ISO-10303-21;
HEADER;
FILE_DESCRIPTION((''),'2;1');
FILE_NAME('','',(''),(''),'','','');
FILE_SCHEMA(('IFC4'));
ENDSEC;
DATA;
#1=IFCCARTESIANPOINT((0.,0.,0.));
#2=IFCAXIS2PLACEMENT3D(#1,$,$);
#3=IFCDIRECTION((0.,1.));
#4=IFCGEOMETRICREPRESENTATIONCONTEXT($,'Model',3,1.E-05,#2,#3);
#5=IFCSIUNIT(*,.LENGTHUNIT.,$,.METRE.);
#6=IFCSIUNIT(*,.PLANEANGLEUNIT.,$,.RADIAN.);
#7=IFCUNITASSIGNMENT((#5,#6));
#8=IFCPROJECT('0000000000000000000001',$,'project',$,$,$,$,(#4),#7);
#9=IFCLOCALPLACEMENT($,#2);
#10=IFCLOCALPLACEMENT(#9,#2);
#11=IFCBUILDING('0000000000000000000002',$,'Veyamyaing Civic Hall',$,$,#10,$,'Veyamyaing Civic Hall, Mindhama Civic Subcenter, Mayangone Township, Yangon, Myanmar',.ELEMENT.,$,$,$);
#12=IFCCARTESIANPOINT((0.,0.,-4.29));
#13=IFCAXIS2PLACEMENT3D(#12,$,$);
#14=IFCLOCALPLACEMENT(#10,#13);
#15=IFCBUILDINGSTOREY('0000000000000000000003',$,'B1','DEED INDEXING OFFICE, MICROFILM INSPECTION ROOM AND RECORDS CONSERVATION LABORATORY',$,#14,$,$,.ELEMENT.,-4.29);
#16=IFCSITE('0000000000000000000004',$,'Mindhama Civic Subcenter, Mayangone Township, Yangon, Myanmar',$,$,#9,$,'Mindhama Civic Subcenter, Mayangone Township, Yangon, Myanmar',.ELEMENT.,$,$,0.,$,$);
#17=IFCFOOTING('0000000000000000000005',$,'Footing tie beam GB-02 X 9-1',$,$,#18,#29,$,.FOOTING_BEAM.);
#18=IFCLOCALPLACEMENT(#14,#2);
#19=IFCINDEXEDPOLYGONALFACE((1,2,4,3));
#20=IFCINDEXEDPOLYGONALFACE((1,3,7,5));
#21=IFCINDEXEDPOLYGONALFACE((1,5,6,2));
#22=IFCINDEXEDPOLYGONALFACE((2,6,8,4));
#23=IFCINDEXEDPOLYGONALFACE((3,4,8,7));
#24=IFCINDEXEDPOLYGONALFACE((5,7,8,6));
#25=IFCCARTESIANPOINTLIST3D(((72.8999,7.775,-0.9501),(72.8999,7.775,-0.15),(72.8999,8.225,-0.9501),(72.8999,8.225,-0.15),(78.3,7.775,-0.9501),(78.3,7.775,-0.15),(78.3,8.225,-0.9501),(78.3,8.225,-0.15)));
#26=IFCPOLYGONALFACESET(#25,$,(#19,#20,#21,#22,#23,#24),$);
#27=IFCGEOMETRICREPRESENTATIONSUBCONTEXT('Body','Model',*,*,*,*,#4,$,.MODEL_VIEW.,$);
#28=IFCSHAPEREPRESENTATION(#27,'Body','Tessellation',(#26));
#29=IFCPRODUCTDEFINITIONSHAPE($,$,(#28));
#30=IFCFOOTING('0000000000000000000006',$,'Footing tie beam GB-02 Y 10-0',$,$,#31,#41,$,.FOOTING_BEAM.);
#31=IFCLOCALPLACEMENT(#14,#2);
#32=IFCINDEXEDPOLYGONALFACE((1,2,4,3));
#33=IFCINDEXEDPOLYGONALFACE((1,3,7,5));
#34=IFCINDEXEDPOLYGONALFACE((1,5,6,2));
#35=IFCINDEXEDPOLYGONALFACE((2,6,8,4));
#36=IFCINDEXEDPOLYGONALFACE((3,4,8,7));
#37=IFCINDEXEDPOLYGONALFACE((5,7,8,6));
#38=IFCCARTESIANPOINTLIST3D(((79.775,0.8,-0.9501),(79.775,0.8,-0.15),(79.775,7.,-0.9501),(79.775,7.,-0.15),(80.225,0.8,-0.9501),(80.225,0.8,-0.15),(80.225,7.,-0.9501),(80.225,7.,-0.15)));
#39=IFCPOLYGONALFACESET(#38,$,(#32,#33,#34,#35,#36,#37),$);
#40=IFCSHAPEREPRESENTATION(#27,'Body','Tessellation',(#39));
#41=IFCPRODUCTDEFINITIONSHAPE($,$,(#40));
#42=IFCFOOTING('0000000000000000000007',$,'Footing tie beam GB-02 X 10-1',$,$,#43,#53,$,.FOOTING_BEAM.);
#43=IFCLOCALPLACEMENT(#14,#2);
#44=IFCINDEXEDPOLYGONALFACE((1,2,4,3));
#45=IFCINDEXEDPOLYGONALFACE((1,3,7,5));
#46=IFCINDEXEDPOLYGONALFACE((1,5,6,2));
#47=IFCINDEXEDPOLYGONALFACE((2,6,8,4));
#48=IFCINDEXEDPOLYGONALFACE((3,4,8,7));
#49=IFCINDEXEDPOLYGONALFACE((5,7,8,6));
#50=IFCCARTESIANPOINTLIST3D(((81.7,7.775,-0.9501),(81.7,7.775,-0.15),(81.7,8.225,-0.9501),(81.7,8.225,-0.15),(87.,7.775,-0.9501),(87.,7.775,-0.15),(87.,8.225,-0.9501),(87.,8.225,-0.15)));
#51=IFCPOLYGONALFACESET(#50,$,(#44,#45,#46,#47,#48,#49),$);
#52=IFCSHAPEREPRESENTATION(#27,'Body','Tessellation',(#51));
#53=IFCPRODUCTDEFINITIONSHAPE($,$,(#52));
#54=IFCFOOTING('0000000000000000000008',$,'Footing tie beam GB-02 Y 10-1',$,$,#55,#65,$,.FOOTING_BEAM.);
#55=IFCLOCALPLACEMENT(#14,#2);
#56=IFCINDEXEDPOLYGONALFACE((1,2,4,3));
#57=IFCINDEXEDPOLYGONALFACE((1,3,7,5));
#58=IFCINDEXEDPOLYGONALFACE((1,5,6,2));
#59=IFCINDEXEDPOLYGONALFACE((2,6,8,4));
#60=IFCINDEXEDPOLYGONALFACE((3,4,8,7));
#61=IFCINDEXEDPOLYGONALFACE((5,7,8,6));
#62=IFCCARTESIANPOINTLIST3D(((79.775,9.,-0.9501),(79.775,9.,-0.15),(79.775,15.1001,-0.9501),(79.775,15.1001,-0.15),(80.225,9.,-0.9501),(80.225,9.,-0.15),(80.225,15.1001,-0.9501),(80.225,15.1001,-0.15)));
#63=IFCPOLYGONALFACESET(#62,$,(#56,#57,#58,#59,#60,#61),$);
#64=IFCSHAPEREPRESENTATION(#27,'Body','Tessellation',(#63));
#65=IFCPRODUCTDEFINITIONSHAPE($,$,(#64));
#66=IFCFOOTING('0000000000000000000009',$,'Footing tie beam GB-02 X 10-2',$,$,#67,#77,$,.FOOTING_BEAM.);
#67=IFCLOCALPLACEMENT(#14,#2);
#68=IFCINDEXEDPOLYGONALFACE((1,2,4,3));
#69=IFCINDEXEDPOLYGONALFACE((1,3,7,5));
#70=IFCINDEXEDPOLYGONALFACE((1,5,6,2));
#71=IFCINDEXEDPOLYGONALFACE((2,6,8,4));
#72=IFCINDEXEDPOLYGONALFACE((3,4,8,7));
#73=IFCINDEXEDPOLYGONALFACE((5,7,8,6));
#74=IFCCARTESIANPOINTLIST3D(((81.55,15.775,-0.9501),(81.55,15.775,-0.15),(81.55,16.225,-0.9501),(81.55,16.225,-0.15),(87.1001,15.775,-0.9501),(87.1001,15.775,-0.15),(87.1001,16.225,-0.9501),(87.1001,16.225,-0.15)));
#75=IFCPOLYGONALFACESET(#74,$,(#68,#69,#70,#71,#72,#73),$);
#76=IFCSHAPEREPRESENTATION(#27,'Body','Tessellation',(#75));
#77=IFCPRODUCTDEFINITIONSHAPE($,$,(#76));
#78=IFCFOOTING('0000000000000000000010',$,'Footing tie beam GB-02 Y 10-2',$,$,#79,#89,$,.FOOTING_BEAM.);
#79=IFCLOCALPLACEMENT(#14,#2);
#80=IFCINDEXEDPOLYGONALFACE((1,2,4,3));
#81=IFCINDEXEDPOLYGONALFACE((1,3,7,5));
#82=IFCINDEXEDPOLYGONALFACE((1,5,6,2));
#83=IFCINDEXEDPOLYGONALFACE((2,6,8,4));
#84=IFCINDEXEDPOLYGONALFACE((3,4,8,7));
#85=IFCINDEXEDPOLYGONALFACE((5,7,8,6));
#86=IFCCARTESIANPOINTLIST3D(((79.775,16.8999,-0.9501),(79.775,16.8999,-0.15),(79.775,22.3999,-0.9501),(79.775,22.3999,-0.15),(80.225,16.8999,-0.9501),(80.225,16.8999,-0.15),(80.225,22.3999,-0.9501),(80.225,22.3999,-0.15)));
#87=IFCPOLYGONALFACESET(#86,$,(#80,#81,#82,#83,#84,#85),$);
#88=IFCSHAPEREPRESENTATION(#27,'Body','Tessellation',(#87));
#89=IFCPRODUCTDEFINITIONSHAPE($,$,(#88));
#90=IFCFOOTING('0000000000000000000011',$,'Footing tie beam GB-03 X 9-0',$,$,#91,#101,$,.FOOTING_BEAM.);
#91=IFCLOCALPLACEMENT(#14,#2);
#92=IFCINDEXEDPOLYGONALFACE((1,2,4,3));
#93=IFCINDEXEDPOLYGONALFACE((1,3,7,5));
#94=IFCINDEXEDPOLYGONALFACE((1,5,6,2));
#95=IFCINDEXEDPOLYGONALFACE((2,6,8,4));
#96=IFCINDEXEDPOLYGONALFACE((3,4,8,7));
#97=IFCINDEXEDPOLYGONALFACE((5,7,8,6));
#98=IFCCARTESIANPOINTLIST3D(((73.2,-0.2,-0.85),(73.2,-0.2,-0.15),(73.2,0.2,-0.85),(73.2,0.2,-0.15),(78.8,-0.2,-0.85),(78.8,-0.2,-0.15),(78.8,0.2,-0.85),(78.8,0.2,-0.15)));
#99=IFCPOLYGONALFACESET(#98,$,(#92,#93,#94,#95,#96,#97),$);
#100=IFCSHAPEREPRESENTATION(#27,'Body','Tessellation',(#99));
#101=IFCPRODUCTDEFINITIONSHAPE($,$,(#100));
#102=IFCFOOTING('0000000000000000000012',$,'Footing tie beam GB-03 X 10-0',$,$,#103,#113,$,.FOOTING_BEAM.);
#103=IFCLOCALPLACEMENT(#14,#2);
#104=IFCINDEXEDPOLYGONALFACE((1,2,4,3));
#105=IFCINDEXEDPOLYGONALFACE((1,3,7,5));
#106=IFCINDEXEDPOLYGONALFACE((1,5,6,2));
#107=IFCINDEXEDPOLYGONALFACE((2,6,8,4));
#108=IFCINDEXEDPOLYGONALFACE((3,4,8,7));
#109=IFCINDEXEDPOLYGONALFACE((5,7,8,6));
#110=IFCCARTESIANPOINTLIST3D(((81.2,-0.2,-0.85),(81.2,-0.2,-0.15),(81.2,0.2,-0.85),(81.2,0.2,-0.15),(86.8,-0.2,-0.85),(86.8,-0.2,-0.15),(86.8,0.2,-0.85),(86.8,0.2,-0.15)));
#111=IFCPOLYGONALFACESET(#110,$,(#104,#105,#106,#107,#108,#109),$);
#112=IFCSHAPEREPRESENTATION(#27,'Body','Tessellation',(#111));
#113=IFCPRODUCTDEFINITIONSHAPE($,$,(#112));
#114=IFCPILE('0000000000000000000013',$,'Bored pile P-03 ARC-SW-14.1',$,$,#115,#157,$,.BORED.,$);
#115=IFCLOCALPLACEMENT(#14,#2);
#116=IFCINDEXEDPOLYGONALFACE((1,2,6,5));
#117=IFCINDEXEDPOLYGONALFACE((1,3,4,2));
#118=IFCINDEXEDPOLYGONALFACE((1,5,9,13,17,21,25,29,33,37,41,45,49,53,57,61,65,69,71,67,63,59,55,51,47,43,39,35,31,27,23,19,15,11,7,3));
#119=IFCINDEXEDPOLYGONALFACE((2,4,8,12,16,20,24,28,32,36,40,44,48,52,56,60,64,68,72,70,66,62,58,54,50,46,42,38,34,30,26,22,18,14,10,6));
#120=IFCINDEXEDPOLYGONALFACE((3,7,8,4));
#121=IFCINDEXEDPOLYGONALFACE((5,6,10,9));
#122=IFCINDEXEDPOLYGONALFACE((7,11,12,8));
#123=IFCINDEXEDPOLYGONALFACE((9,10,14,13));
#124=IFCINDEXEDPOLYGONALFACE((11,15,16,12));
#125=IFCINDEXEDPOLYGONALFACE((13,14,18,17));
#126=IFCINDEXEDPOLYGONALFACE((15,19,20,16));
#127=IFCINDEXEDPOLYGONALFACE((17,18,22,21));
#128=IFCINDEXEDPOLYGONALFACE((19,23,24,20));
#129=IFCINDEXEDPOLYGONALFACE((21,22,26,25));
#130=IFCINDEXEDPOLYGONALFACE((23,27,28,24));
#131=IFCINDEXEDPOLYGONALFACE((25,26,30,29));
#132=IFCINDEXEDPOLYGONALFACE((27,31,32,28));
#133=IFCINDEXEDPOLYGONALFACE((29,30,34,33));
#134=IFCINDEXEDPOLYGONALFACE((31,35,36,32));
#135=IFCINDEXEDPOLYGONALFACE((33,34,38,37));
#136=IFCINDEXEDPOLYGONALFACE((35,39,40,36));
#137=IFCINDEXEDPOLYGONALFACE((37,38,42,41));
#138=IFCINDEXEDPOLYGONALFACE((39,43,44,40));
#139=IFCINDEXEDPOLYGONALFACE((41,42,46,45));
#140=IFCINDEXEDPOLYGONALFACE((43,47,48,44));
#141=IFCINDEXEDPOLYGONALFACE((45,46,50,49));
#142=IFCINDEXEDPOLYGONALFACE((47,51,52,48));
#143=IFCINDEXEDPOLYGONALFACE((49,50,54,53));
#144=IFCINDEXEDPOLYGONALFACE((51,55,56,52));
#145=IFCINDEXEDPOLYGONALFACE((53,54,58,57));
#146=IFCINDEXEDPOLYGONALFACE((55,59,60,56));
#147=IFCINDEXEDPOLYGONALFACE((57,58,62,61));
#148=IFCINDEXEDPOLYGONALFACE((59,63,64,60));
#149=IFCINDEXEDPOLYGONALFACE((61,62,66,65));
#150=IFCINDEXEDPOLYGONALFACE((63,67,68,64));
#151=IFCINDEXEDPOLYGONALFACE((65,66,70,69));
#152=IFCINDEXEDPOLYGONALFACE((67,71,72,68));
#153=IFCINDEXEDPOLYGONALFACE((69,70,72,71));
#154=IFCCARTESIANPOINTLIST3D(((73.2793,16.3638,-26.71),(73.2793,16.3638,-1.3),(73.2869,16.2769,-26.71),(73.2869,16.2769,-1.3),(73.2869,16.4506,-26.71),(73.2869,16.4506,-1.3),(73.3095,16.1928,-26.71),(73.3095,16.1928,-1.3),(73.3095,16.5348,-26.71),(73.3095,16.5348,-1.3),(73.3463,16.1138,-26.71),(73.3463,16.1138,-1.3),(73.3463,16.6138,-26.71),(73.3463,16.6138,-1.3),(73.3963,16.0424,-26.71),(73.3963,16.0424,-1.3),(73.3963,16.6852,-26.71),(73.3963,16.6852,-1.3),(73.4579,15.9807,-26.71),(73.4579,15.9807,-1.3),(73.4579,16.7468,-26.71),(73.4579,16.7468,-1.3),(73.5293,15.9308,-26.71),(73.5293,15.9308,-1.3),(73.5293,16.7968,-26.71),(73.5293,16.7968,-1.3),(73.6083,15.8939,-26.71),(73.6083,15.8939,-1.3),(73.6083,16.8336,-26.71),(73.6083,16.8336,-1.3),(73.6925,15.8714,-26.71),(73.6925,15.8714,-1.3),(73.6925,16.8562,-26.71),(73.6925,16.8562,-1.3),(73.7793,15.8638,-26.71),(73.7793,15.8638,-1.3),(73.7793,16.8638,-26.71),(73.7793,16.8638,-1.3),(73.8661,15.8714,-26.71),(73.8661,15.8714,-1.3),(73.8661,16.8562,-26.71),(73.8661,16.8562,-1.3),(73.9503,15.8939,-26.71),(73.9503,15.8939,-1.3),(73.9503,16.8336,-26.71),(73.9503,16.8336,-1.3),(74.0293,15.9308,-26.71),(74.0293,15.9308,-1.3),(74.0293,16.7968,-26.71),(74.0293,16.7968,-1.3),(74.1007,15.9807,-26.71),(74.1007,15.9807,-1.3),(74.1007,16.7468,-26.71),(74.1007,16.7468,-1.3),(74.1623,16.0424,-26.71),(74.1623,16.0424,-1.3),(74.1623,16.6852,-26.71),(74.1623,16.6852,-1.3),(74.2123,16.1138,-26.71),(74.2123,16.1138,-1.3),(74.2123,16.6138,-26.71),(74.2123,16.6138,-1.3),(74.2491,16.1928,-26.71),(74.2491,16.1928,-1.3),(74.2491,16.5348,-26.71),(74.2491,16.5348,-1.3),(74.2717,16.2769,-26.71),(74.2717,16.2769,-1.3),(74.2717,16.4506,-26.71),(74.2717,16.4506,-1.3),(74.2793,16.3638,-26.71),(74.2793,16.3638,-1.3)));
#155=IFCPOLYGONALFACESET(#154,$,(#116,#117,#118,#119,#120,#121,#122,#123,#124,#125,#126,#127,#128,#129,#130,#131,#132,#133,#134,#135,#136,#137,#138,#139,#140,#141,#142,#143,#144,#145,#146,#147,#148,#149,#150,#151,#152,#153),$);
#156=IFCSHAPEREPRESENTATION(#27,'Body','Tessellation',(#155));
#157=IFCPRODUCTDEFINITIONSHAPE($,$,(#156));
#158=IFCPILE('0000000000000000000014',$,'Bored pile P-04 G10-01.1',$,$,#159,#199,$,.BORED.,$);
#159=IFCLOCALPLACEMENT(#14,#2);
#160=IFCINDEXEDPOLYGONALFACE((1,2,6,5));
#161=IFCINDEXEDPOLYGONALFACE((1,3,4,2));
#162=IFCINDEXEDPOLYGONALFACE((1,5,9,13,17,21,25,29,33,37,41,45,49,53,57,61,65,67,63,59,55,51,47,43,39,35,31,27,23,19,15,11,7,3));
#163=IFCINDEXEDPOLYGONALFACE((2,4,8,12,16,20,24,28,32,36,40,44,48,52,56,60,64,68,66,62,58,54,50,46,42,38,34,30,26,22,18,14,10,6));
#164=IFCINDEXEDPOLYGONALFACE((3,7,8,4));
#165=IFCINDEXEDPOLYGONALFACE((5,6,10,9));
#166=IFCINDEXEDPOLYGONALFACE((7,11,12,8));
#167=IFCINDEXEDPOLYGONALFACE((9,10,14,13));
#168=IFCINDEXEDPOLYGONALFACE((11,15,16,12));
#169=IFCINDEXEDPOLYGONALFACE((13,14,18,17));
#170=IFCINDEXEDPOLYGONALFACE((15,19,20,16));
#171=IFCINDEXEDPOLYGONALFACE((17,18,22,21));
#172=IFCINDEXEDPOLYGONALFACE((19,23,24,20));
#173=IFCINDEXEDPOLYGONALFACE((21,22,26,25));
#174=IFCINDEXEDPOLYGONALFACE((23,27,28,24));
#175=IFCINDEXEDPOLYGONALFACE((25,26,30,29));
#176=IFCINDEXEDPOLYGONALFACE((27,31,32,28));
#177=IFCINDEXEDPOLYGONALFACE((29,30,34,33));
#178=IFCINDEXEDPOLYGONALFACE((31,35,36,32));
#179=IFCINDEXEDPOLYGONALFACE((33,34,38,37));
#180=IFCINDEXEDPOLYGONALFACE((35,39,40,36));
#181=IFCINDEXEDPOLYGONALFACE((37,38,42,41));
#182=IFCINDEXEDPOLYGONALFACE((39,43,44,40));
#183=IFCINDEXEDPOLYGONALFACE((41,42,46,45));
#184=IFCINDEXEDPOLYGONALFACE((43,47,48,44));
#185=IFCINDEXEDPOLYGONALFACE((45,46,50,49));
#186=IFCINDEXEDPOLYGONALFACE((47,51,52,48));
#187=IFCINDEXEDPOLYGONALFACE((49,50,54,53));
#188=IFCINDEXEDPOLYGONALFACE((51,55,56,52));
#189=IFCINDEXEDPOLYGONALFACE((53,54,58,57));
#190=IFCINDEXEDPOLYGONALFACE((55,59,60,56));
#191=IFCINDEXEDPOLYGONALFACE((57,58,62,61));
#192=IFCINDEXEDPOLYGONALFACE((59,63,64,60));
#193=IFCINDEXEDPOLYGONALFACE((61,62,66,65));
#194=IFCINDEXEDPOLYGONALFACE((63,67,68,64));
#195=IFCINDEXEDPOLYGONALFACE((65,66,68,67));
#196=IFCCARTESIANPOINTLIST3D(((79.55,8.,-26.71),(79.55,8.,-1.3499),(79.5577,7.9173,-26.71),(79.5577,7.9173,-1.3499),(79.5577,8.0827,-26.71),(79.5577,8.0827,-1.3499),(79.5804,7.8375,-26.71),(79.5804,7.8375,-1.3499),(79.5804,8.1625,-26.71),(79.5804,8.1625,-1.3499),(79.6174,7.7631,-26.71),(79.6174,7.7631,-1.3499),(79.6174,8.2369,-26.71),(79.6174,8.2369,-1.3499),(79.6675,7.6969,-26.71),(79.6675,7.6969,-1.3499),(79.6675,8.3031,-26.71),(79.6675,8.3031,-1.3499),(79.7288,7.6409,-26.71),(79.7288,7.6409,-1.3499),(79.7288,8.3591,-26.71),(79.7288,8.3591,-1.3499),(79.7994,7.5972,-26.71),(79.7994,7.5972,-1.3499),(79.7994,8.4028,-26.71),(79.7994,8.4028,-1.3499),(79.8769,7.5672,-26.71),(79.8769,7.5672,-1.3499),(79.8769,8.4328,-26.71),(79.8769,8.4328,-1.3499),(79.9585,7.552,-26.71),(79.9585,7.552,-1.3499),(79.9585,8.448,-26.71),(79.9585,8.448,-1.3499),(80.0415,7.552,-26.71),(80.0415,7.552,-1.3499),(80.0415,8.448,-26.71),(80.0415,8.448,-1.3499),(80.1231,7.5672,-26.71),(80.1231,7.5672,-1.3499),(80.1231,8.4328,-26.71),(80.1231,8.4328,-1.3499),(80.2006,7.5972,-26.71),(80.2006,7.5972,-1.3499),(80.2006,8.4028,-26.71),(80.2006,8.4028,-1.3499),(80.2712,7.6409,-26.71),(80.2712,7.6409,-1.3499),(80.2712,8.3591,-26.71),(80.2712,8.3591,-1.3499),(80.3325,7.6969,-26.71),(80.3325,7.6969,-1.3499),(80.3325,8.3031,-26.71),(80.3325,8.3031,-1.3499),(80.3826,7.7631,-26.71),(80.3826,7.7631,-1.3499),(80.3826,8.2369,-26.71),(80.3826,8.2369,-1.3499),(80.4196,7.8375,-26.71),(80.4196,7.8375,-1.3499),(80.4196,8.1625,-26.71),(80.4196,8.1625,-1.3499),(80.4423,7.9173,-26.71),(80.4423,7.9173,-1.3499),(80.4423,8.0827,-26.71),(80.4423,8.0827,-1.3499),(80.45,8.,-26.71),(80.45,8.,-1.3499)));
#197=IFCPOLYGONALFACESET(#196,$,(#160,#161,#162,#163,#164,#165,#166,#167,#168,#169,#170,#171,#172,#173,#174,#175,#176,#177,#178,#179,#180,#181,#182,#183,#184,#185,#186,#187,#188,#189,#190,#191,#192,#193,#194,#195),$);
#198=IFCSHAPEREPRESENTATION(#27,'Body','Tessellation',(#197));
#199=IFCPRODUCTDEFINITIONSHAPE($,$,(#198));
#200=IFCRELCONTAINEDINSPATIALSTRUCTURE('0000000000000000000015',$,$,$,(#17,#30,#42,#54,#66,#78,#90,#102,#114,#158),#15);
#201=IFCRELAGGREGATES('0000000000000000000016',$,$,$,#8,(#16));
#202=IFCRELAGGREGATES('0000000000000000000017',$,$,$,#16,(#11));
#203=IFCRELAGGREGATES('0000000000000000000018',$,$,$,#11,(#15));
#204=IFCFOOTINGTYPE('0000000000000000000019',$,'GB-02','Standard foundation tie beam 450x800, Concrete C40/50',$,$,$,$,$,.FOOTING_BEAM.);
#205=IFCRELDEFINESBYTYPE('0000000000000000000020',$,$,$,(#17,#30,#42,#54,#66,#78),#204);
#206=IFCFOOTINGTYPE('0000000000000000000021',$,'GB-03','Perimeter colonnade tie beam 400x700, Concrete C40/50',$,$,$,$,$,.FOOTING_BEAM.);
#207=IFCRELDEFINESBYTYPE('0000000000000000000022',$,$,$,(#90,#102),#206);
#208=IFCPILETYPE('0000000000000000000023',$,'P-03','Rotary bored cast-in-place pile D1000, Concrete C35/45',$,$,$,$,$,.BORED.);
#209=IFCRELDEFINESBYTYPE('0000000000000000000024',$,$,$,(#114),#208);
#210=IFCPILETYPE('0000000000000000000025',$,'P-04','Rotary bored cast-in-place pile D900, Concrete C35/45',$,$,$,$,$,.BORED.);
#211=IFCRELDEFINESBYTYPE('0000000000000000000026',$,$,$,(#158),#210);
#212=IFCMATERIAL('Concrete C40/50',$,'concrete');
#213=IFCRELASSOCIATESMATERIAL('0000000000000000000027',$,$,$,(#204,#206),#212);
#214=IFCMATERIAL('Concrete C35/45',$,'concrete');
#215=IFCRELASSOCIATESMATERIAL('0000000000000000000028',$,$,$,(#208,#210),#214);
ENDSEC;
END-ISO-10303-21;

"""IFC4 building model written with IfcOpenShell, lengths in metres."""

from ifc_helpers import new_model, si_unit, direction, frame, origin, origin_2d, place, context, subcontext, project, spatial, rectangle, circle, extrude, material, material_profile, profile_set, type_object, element, save


model = new_model("IFC4")

# Units and contexts
model_context = context("Model", 3, precision=1e-05, world=origin(), true_north=direction((0.0, 1.0)))
body_context = subcontext(model_context, "Body", "Model", "MODEL_VIEW")
ifc_project = project(units=[si_unit("LENGTHUNIT", "METRE"), si_unit("PLANEANGLEUNIT", "RADIAN")], contexts=[model_context])

# Site, building, storey
site_placement = place(None, origin())
site = spatial("IfcSite", under=ifc_project, at=site_placement, Name="Mindhama Civic Subcenter, Mayangone Township, Yangon, Myanmar", LongName="Mindhama Civic Subcenter, Mayangone Township, Yangon, Myanmar", CompositionType="ELEMENT", RefElevation=0.0)
building_placement = place(site_placement, origin())
building = spatial("IfcBuilding", under=site, at=building_placement, Name="Veyamyaing Civic Hall", LongName="Veyamyaing Civic Hall, Mindhama Civic Subcenter, Mayangone Township, Yangon, Myanmar", CompositionType="ELEMENT")
storey_placement = place(building_placement, frame((0.0, 0.0, -4.29)))
storey = spatial("IfcBuildingStorey", under=building, at=storey_placement, Name="B1", Description="DEED INDEXING OFFICE, MICROFILM INSPECTION ROOM AND RECORDS CONSERVATION LABORATORY", CompositionType="ELEMENT", Elevation=-4.29)

# Footings
ifc_material_1 = material(Name="Concrete C40/50", Category="concrete")
ifc_material_profile_1 = material_profile(ifc_material_1, rectangle(XDim=0.45, YDim=0.8, at=origin_2d()), Name="GB-450X800")
ifc_profile_set_1 = profile_set([ifc_material_profile_1], Name="Concrete C40/50")
footing_type_1 = type_object("IfcFootingType", Name="GB-02", Description="Standard foundation tie beam 450x800, Concrete C40/50", PredefinedType="FOOTING_BEAM", material=ifc_profile_set_1)
footing_1_placement = place(storey_placement, frame((72.8999, 8.0, -0.55), z_axis=(1.0, 0.0, 0.0), x_axis=(0.0, 1.0, 0.0)))
element("IfcFooting", 1, at=footing_1_placement, inside=storey, type_object=footing_type_1, Name="Footing tie beam GB-02 X 9-1", PredefinedType="FOOTING_BEAM", context=body_context, shape_type="SweptSolid", body=[
    extrude(rectangle(XDim=0.45, YDim=0.8, at=origin_2d()), origin(), (0.0, 0.0, 1.0), 5.4001),
])
footing_2_placement = place(storey_placement, frame((80.0, 0.8, -0.55), z_axis=(0.0, 1.0, 0.0), x_axis=(-1.0, 0.0, 0.0)))
element("IfcFooting", 2, at=footing_2_placement, inside=storey, type_object=footing_type_1, Name="Footing tie beam GB-02 Y 10-0", PredefinedType="FOOTING_BEAM", context=body_context, shape_type="SweptSolid", body=[
    extrude(rectangle(XDim=0.45, YDim=0.8, at=origin_2d()), origin(), (0.0, 0.0, 1.0), 6.2),
])
footing_3_placement = place(storey_placement, frame((81.7, 8.0, -0.55), z_axis=(1.0, 0.0, 0.0), x_axis=(0.0, 1.0, 0.0)))
element("IfcFooting", 3, at=footing_3_placement, inside=storey, type_object=footing_type_1, Name="Footing tie beam GB-02 X 10-1", PredefinedType="FOOTING_BEAM", context=body_context, shape_type="SweptSolid", body=[
    extrude(rectangle(XDim=0.45, YDim=0.8, at=origin_2d()), origin(), (0.0, 0.0, 1.0), 5.3),
])
footing_4_placement = place(storey_placement, frame((80.0, 9.0, -0.55), z_axis=(0.0, 1.0, 0.0), x_axis=(-1.0, 0.0, 0.0)))
element("IfcFooting", 4, at=footing_4_placement, inside=storey, type_object=footing_type_1, Name="Footing tie beam GB-02 Y 10-1", PredefinedType="FOOTING_BEAM", context=body_context, shape_type="SweptSolid", body=[
    extrude(rectangle(XDim=0.45, YDim=0.8, at=origin_2d()), origin(), (0.0, 0.0, 1.0), 6.1001),
])
footing_5_placement = place(storey_placement, frame((81.55, 16.0, -0.55), z_axis=(1.0, 0.0, 0.0), x_axis=(0.0, 1.0, 0.0)))
element("IfcFooting", 5, at=footing_5_placement, inside=storey, type_object=footing_type_1, Name="Footing tie beam GB-02 X 10-2", PredefinedType="FOOTING_BEAM", context=body_context, shape_type="SweptSolid", body=[
    extrude(rectangle(XDim=0.45, YDim=0.8, at=origin_2d()), origin(), (0.0, 0.0, 1.0), 5.55),
])
footing_6_placement = place(storey_placement, frame((80.0, 16.8999, -0.55), z_axis=(0.0, 1.0, 0.0), x_axis=(-1.0, 0.0, 0.0)))
element("IfcFooting", 6, at=footing_6_placement, inside=storey, type_object=footing_type_1, Name="Footing tie beam GB-02 Y 10-2", PredefinedType="FOOTING_BEAM", context=body_context, shape_type="SweptSolid", body=[
    extrude(rectangle(XDim=0.45, YDim=0.8, at=origin_2d()), origin(), (0.0, 0.0, 1.0), 5.5),
])
ifc_material_profile_2 = material_profile(ifc_material_1, rectangle(XDim=0.3999, YDim=0.7, at=origin_2d()), Name="GB-400X700")
ifc_profile_set_2 = profile_set([ifc_material_profile_2], Name="Concrete C40/50")
footing_type_2 = type_object("IfcFootingType", Name="GB-03", Description="Perimeter colonnade tie beam 400x700, Concrete C40/50", PredefinedType="FOOTING_BEAM", material=ifc_profile_set_2)
for number, where, z_axis, x_axis, name in (
    (7, (73.2, 0.0, -0.5), (1.0, 0.0, 0.0), (0.0, 1.0, 0.0), "Footing tie beam GB-03 X 9-0"),
    (8, (81.2, 0.0, -0.5), (1.0, 0.0, 0.0), (0.0, 1.0, 0.0), "Footing tie beam GB-03 X 10-0"),
):
    element("IfcFooting", number, at=place(storey_placement, frame(where, z_axis=z_axis, x_axis=x_axis)), inside=storey, type_object=footing_type_2, Name=name, PredefinedType="FOOTING_BEAM", context=body_context, shape_type="SweptSolid", body=[
        extrude(rectangle(XDim=0.3999, YDim=0.7, at=origin_2d()), origin(), (0.0, 0.0, 1.0), 5.6001),
    ])

# Piles
ifc_material_2 = material(Name="Concrete C35/45", Category="concrete")
ifc_material_profile_3 = material_profile(ifc_material_2, circle(Radius=0.5, at=origin_2d()), Name="PILE-D1000")
ifc_profile_set_3 = profile_set([ifc_material_profile_3], Name="Concrete C35/45")
pile_type_1 = type_object("IfcPileType", Name="P-03", Description="Rotary bored cast-in-place pile D1000, Concrete C35/45", PredefinedType="BORED", material=ifc_profile_set_3)
pile_1_placement = place(storey_placement, frame((73.7793, 16.3638, -1.3), z_axis=(0.0, 0.0, -1.0), x_axis=(1.0, 0.0, 0.0)))
element("IfcPile", 9, at=pile_1_placement, inside=storey, type_object=pile_type_1, Name="Bored pile P-03 ARC-SW-14.1", PredefinedType="BORED", context=body_context, shape_type="SweptSolid", body=[
    extrude(circle(Radius=0.5, at=origin_2d()), origin(), (0.0, 0.0, 1.0), 25.4099),
])
ifc_material_profile_4 = material_profile(ifc_material_2, circle(Radius=0.45, at=origin_2d()), Name="PILE-D900")
ifc_profile_set_4 = profile_set([ifc_material_profile_4], Name="Concrete C35/45")
pile_type_2 = type_object("IfcPileType", Name="P-04", Description="Rotary bored cast-in-place pile D900, Concrete C35/45", PredefinedType="BORED", material=ifc_profile_set_4)
pile_2_placement = place(storey_placement, frame((80.0, 8.0, -1.3499), z_axis=(0.0, 0.0, -1.0), x_axis=(1.0, 0.0, 0.0)))
element("IfcPile", 10, at=pile_2_placement, inside=storey, type_object=pile_type_2, Name="Bored pile P-04 G10-01.1", PredefinedType="BORED", context=body_context, shape_type="SweptSolid", body=[
    extrude(circle(Radius=0.45, at=origin_2d()), origin(), (0.0, 0.0, 1.0), 25.3601),
])

save(model, "model.ifc")
